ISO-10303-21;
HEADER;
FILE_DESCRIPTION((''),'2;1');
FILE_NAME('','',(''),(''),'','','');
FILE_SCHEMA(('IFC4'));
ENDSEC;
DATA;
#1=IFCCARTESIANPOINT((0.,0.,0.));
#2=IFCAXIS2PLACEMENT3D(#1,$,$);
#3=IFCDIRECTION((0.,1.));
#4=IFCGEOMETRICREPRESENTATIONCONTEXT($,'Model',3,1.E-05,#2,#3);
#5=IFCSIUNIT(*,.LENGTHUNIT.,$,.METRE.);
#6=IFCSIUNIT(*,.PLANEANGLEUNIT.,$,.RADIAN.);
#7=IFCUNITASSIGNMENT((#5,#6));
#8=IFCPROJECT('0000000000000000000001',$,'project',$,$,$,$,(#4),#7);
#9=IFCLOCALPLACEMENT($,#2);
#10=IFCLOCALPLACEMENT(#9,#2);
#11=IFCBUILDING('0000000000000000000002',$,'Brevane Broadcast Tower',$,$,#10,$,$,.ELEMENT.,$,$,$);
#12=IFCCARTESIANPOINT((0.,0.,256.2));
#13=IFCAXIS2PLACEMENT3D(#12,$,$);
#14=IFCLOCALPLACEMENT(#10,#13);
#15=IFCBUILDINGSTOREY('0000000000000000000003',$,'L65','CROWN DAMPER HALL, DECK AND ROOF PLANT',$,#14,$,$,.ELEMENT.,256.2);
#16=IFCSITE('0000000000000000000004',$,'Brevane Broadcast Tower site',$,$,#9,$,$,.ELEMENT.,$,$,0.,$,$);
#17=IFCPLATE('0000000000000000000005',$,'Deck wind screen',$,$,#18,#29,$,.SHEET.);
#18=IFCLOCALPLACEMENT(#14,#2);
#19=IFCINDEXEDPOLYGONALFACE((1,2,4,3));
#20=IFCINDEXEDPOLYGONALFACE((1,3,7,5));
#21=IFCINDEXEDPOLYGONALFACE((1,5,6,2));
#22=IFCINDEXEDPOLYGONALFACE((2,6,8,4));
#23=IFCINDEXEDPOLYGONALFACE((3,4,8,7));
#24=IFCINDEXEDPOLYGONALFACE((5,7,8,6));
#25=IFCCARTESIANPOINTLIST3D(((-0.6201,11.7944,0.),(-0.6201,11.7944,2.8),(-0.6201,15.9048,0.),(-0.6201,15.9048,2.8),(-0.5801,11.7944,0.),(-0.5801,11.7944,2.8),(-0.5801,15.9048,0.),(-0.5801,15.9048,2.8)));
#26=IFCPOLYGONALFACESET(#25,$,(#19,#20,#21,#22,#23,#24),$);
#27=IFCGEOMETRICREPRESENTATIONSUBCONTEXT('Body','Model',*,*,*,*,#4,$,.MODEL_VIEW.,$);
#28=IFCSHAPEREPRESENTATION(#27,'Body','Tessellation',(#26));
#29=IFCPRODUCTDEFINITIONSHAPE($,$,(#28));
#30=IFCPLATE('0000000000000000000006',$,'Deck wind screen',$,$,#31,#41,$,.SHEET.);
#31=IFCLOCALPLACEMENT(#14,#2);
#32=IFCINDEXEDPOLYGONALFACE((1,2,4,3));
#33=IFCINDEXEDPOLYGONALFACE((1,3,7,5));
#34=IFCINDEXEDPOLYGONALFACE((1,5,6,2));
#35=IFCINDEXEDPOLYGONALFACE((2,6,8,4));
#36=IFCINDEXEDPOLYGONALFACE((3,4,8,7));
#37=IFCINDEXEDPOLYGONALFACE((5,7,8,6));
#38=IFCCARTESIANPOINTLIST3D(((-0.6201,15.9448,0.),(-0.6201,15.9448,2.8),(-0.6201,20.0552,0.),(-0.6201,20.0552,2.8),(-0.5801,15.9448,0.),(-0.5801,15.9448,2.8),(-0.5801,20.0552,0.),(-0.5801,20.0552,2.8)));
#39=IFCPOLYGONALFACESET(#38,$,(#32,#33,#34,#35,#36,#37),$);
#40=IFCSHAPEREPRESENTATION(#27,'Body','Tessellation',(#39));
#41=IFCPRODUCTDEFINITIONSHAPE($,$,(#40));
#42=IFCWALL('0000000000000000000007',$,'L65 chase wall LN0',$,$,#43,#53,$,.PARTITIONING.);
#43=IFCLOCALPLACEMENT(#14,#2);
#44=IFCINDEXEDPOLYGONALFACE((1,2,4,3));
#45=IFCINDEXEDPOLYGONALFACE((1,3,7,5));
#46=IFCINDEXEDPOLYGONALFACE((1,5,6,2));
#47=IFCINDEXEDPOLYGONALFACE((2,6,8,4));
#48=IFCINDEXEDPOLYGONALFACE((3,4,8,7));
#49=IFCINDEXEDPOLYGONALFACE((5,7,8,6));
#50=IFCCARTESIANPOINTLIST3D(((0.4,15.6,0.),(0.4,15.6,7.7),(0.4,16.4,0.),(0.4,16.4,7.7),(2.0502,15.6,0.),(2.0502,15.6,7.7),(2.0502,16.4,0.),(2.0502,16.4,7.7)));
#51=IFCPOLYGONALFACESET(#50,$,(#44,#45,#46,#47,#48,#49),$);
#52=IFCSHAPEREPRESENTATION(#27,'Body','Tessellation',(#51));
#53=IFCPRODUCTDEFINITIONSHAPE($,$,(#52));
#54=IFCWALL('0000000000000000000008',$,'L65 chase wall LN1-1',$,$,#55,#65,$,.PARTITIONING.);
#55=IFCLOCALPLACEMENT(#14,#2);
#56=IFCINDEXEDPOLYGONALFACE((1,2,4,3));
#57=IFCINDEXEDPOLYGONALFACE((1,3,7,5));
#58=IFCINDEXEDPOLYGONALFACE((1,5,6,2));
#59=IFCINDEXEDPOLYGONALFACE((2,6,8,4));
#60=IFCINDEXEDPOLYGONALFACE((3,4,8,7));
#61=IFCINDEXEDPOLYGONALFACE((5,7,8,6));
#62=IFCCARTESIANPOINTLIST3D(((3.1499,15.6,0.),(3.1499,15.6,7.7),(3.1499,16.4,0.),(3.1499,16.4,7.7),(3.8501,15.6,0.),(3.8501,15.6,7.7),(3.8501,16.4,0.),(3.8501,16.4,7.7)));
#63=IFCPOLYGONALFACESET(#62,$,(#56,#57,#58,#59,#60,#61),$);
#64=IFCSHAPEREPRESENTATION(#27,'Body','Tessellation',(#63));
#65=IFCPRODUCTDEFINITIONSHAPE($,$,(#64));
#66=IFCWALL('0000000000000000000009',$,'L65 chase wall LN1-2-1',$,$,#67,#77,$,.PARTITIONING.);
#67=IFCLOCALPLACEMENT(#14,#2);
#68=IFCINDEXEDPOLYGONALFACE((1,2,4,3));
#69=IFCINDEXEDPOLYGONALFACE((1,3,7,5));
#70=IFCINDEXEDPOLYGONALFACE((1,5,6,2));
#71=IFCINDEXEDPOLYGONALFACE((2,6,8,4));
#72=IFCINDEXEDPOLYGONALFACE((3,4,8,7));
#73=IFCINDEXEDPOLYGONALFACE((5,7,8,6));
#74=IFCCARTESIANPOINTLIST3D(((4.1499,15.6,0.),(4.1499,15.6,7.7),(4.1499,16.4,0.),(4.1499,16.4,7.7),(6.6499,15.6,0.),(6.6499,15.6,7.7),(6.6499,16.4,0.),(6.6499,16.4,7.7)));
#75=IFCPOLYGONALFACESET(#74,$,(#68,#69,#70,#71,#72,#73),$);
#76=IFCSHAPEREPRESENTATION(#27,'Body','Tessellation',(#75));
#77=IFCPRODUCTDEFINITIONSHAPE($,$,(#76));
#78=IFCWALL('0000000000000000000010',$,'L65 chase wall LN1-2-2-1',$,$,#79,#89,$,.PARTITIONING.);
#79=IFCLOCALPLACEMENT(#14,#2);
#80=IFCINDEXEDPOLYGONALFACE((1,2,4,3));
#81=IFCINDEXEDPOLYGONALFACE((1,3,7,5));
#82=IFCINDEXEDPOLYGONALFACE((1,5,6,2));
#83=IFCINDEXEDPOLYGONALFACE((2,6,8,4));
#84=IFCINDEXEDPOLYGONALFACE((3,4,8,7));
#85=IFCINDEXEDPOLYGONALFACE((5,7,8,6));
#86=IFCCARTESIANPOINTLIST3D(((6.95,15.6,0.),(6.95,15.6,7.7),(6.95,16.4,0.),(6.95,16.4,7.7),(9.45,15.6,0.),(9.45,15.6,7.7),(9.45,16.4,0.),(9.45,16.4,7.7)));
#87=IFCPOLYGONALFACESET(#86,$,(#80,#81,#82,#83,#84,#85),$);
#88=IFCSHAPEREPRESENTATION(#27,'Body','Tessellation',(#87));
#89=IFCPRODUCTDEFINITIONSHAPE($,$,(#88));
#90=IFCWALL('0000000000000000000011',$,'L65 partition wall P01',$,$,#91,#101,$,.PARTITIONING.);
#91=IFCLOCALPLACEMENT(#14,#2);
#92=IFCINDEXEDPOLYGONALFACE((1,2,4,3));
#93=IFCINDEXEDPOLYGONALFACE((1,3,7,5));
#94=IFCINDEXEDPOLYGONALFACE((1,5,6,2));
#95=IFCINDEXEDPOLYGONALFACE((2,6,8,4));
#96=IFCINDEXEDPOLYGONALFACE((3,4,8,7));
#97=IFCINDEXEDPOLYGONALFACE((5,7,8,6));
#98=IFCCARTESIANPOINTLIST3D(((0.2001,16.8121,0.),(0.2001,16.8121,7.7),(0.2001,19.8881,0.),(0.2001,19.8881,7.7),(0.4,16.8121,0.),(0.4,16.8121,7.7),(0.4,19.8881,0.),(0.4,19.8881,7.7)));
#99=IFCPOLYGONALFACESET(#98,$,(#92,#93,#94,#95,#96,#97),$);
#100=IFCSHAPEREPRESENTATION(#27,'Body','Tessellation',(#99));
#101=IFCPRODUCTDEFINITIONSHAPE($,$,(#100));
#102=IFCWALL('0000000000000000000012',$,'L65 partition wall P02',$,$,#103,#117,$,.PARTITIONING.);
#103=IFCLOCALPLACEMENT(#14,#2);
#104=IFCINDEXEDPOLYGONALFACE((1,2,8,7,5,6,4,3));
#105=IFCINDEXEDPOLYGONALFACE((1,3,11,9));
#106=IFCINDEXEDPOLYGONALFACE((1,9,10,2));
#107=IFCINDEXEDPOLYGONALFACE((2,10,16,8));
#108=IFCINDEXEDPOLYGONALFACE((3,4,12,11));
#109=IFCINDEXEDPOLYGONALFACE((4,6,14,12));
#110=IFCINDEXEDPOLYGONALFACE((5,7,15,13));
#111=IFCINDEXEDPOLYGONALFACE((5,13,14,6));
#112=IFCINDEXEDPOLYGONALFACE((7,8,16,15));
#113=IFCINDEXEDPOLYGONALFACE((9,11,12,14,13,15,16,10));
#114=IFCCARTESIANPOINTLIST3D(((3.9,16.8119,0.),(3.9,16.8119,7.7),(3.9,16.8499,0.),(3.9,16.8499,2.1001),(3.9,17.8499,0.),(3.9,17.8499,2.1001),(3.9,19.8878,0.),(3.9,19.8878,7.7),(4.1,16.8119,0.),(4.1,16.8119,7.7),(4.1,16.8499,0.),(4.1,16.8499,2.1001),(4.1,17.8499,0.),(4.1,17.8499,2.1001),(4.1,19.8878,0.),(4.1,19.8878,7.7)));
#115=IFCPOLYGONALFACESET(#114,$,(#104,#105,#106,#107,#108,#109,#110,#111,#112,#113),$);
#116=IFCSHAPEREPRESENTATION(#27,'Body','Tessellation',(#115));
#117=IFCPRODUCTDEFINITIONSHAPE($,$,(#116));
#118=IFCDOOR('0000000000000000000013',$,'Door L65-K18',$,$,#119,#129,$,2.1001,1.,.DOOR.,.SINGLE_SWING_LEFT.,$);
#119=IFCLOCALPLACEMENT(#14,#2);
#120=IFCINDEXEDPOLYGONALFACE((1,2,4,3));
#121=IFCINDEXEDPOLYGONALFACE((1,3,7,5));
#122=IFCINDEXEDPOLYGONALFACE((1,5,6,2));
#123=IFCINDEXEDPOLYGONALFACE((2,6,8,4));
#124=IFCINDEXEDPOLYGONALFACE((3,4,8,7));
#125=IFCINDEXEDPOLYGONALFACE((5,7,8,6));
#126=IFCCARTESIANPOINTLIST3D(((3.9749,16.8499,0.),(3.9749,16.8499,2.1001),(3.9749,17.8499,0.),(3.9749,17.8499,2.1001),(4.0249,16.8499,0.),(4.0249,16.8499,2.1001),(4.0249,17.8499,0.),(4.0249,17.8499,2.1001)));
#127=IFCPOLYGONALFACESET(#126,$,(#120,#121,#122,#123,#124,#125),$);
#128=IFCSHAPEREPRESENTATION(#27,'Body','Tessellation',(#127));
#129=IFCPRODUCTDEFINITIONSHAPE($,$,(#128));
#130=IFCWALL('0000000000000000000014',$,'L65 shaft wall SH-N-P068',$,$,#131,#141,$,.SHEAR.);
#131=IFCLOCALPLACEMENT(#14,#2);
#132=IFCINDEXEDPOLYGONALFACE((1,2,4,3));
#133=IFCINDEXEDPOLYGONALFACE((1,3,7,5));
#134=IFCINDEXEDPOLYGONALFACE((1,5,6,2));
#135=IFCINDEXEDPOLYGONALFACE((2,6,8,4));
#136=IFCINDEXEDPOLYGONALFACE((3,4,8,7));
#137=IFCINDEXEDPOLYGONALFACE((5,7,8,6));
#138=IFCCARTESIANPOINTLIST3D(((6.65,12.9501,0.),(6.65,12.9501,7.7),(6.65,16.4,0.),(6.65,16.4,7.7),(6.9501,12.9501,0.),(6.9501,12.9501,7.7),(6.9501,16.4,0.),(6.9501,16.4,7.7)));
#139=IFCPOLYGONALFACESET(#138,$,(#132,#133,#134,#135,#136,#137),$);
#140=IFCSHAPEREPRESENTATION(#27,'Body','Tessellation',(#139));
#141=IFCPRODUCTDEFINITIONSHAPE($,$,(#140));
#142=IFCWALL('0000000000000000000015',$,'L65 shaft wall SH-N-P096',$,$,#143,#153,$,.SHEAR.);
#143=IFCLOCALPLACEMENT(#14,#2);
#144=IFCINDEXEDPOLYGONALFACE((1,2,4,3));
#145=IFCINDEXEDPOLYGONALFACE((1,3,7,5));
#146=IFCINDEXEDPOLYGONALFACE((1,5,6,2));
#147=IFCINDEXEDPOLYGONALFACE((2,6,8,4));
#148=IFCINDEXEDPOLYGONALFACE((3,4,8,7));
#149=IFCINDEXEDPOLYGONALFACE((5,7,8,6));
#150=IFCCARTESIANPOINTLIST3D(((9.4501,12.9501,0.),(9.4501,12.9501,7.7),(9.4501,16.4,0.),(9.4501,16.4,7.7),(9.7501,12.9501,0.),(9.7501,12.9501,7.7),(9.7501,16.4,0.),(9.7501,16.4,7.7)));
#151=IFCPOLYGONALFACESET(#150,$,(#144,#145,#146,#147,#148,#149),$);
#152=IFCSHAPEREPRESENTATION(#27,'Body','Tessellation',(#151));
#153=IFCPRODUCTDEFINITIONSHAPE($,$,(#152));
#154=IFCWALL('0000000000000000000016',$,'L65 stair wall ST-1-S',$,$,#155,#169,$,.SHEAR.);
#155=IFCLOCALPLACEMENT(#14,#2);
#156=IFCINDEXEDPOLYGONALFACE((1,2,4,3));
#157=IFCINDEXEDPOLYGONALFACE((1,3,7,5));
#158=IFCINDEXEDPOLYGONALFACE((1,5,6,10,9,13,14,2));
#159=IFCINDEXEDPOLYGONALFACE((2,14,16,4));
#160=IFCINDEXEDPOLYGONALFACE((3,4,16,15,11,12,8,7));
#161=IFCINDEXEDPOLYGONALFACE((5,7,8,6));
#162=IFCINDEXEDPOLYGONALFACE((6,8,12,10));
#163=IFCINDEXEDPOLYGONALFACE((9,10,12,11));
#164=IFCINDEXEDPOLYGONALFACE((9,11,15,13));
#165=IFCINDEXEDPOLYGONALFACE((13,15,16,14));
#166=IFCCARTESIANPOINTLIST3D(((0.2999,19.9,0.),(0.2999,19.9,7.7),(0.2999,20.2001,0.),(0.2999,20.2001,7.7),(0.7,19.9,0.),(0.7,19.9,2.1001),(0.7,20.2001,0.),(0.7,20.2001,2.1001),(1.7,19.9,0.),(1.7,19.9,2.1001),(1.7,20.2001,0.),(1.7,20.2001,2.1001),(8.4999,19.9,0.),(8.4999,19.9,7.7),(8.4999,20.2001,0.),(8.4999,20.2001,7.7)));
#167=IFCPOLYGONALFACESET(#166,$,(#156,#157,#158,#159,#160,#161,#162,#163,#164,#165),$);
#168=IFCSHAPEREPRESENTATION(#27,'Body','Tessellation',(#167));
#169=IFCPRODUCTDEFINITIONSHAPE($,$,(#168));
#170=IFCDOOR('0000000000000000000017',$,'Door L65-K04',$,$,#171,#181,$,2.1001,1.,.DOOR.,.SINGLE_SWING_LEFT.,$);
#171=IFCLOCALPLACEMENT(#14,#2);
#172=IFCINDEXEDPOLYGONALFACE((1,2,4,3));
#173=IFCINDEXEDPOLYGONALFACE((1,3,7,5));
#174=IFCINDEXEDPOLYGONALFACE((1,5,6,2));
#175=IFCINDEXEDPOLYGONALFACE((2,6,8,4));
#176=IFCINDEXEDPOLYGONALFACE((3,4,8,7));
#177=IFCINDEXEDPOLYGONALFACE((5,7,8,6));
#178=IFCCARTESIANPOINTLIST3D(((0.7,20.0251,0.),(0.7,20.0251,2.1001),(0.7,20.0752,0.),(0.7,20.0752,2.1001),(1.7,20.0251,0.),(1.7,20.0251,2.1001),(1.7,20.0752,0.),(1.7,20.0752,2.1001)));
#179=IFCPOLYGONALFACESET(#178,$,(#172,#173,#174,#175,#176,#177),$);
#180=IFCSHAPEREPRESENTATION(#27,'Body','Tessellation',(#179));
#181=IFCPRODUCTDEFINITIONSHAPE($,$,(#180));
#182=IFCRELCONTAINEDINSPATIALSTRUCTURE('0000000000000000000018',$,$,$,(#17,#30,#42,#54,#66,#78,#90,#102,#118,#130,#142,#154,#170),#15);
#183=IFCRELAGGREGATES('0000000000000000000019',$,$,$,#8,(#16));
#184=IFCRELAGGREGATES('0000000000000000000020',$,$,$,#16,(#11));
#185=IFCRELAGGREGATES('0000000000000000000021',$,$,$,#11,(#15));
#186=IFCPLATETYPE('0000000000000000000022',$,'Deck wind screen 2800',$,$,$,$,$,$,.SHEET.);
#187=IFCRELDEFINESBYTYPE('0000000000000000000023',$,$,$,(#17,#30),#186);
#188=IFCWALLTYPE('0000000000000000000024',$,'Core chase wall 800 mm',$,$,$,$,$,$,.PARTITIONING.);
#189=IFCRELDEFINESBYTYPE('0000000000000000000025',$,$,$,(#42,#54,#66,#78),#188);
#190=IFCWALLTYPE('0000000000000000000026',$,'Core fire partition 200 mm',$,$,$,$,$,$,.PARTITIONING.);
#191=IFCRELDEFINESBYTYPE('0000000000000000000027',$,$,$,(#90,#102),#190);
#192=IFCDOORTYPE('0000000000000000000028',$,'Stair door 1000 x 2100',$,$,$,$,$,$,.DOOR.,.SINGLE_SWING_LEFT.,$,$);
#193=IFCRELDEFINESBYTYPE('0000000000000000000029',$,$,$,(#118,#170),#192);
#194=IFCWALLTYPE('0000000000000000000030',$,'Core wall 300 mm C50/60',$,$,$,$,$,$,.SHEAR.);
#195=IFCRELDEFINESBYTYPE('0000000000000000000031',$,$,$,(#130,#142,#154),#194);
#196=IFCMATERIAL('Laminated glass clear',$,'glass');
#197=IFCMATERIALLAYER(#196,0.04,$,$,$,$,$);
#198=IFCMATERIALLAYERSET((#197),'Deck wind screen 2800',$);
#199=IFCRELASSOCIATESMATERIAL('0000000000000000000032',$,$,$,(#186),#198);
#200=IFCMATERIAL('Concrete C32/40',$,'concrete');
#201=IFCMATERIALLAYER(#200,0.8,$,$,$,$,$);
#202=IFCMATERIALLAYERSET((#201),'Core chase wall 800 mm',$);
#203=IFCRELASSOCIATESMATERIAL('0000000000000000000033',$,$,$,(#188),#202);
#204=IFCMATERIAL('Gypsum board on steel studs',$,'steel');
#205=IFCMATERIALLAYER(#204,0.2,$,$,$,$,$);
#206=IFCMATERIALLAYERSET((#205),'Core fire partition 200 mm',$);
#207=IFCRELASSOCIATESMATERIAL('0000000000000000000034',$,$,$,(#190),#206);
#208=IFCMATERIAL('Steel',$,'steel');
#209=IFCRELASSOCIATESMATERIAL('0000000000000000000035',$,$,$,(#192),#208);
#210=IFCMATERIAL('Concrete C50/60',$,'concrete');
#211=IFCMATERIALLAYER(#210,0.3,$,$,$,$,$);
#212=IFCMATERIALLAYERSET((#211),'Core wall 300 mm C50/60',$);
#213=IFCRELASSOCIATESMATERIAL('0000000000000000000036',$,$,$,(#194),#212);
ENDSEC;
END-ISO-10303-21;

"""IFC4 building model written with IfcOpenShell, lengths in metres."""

from ifc_helpers import new_model, si_unit, direction, frame, frame_2d, origin, origin_2d, place, context, subcontext, project, spatial, rectangle, extrude, material, layer, layer_set, type_object, element, fill, save


model = new_model("IFC4")

# Units and contexts
model_context = context("Model", 3, precision=1e-05, world=origin(), true_north=direction((0.0, 1.0)))
body_context = subcontext(model_context, "Body", "Model", "MODEL_VIEW")
ifc_project = project(units=[si_unit("LENGTHUNIT", "METRE"), si_unit("PLANEANGLEUNIT", "RADIAN")], contexts=[model_context])

# Site, building, storey
site_placement = place(None, origin())
site = spatial("IfcSite", under=ifc_project, at=site_placement, Name="Brevane Broadcast Tower site", CompositionType="ELEMENT", RefElevation=0.0)
building_placement = place(site_placement, origin())
building = spatial("IfcBuilding", under=site, at=building_placement, Name="Brevane Broadcast Tower", CompositionType="ELEMENT")
storey_placement = place(building_placement, frame((0.0, 0.0, 256.2)))
storey = spatial("IfcBuildingStorey", under=building, at=storey_placement, Name="L65", Description="CROWN DAMPER HALL, DECK AND ROOF PLANT", CompositionType="ELEMENT", Elevation=256.2)

# Plates
ifc_material_1 = material(Name="Laminated glass clear", Category="glass")
ifc_layer_1 = layer(ifc_material_1, 0.04)
ifc_layer_set_1 = layer_set([ifc_layer_1], Name="Deck wind screen 2800")
plate_type = type_object("IfcPlateType", Name="Deck wind screen 2800", PredefinedType="SHEET", material=ifc_layer_set_1)
for number, where, z_axis, x_axis, name in (
    (1, (-0.6001, 13.8496, 0.0), (0.0, 0.0, 1.0), (0.0, 1.0, 0.0), "Deck wind screen"),
    (2, (-0.6001, 18.0, 0.0), (0.0, 0.0, 1.0), (0.0, 1.0, 0.0), "Deck wind screen"),
):
    element("IfcPlate", number, at=place(storey_placement, frame(where, z_axis=z_axis, x_axis=x_axis)), inside=storey, type_object=plate_type, Name=name, PredefinedType="SHEET", context=body_context, shape_type="SweptSolid", body=[
        extrude(rectangle(XDim=4.1104, YDim=0.04, at=origin_2d()), origin(), (0.0, 0.0, 1.0), 2.8),
    ])

# Walls
ifc_material_2 = material(Name="Concrete C32/40", Category="concrete")
ifc_layer_2 = layer(ifc_material_2, 0.8)
ifc_layer_set_2 = layer_set([ifc_layer_2], Name="Core chase wall 800 mm")
wall_type_1 = type_object("IfcWallType", Name="Core chase wall 800 mm", PredefinedType="PARTITIONING", material=ifc_layer_set_2)
wall_1_placement = place(storey_placement, frame((0.3999, 16.0, 0.0), z_axis=(0.0, 0.0, 1.0), x_axis=(1.0, 0.0, 0.0)))
element("IfcWall", 3, at=wall_1_placement, inside=storey, type_object=wall_type_1, Name="L65 chase wall LN0", PredefinedType="PARTITIONING", context=body_context, shape_type="SweptSolid", body=[
    extrude(rectangle(XDim=1.6501, YDim=0.8, at=frame_2d((0.8252, 0.0))), origin(), (0.0, 0.0, 1.0), 7.7),
])
wall_2_placement = place(storey_placement, frame((3.1499, 16.0, 0.0), z_axis=(0.0, 0.0, 1.0), x_axis=(1.0, 0.0, 0.0)))
element("IfcWall", 4, at=wall_2_placement, inside=storey, type_object=wall_type_1, Name="L65 chase wall LN1-1", PredefinedType="PARTITIONING", context=body_context, shape_type="SweptSolid", body=[
    extrude(rectangle(XDim=0.7002, YDim=0.8, at=frame_2d((0.3501, 0.0))), origin(), (0.0, 0.0, 1.0), 7.7),
])
for number, where, z_axis, x_axis, name in (
    (5, (4.1499, 16.0, 0.0), (0.0, 0.0, 1.0), (1.0, 0.0, 0.0), "L65 chase wall LN1-2-1"),
    (6, (6.95, 16.0, 0.0), (0.0, 0.0, 1.0), (1.0, 0.0, 0.0), "L65 chase wall LN1-2-2-1"),
):
    element("IfcWall", number, at=place(storey_placement, frame(where, z_axis=z_axis, x_axis=x_axis)), inside=storey, type_object=wall_type_1, Name=name, PredefinedType="PARTITIONING", context=body_context, shape_type="SweptSolid", body=[
        extrude(rectangle(XDim=2.5, YDim=0.8, at=frame_2d((1.25, 0.0))), origin(), (0.0, 0.0, 1.0), 7.7),
    ])
ifc_material_3 = material(Name="Gypsum board on steel studs", Category="steel")
ifc_layer_3 = layer(ifc_material_3, 0.2)
ifc_layer_set_3 = layer_set([ifc_layer_3], Name="Core fire partition 200 mm")
wall_type_2 = type_object("IfcWallType", Name="Core fire partition 200 mm", PredefinedType="PARTITIONING", material=ifc_layer_set_3)
wall_3_placement = place(storey_placement, frame((0.3, 16.812, 0.0), z_axis=(0.0, 0.0, 1.0), x_axis=(0.0, 1.0, 0.0)))
element("IfcWall", 7, at=wall_3_placement, inside=storey, type_object=wall_type_2, Name="L65 partition wall P01", PredefinedType="PARTITIONING", context=body_context, shape_type="SweptSolid", body=[
    extrude(rectangle(XDim=3.0759, YDim=0.2, at=frame_2d((1.5381, 0.0))), origin(), (0.0, 0.0, 1.0), 7.7),
])

# Wall, opening, door
wall_4_placement = place(storey_placement, frame((4.0, 19.8879, 0.0), z_axis=(0.0, 0.0, 1.0), x_axis=(0.0, -1.0, 0.0)))
wall_4 = element("IfcWall", 8, at=wall_4_placement, inside=storey, type_object=wall_type_2, Name="L65 partition wall P02", PredefinedType="PARTITIONING", context=body_context, shape_type="SweptSolid", body=[
    extrude(rectangle(XDim=3.0759, YDim=0.2, at=frame_2d((1.5381, 0.0))), origin(), (0.0, 0.0, 1.0), 7.7),
])
opening_1_placement = place(wall_4_placement, frame((2.0381, 0.0, 0.0)))
opening_1 = element("IfcOpeningElement", 9, at=opening_1_placement, cuts=wall_4, PredefinedType="OPENING", context=body_context, shape_type="SweptSolid", body=[
    extrude(rectangle(XDim=1.0, YDim=2.1001, at=frame_2d((0.5, 1.05))), frame((0.0, 0.1099, 0.0), z_axis=(0.0, -1.0, 0.0), x_axis=(1.0, 0.0, 0.0)), (0.0, 0.0, 1.0), 0.22),
])
ifc_material_4 = material(Name="Steel", Category="steel")
door_type_1 = type_object("IfcDoorType", Name="Stair door 1000 x 2100", OperationType="SINGLE_SWING_LEFT", PredefinedType="DOOR", material=ifc_material_4)
door_1_placement = place(opening_1_placement, origin())
door_1 = element("IfcDoor", 10, at=door_1_placement, inside=storey, type_object=door_type_1, Name="Door L65-K18", OperationType="SINGLE_SWING_LEFT", OverallHeight=2.1001, OverallWidth=1.0, PredefinedType="DOOR", context=body_context, shape_type="SweptSolid", body=[
    extrude(rectangle(XDim=1.0, YDim=2.1001, at=frame_2d((0.5, 1.05))), frame((0.0, 0.0249, 0.0), z_axis=(0.0, -1.0, 0.0), x_axis=(1.0, 0.0, 0.0)), (0.0, 0.0, 1.0), 0.05),
])
fill(opening_1, door_1)

# Walls
ifc_material_5 = material(Name="Concrete C50/60", Category="concrete")
ifc_layer_4 = layer(ifc_material_5, 0.3)
ifc_layer_set_4 = layer_set([ifc_layer_4], Name="Core wall 300 mm C50/60")
wall_type_3 = type_object("IfcWallType", Name="Core wall 300 mm C50/60", PredefinedType="SHEAR", material=ifc_layer_set_4)
for number, where, z_axis, x_axis, name in (
    (11, (6.8, 12.95, 0.0), (0.0, 0.0, 1.0), (0.0, 1.0, 0.0), "L65 shaft wall SH-N-P068"),
    (12, (9.6001, 12.95, 0.0), (0.0, 0.0, 1.0), (0.0, 1.0, 0.0), "L65 shaft wall SH-N-P096"),
):
    element("IfcWall", number, at=place(storey_placement, frame(where, z_axis=z_axis, x_axis=x_axis)), inside=storey, type_object=wall_type_3, Name=name, PredefinedType="SHEAR", context=body_context, shape_type="SweptSolid", body=[
        extrude(rectangle(XDim=3.45, YDim=0.3, at=frame_2d((1.7251, 0.0))), origin(), (0.0, 0.0, 1.0), 7.7),
    ])

# Wall, opening, door
wall_5_placement = place(storey_placement, frame((8.5, 20.05, 0.0), z_axis=(0.0, 0.0, 1.0), x_axis=(-1.0, 0.0, 0.0)))
wall_5 = element("IfcWall", 13, at=wall_5_placement, inside=storey, type_object=wall_type_3, Name="L65 stair wall ST-1-S", PredefinedType="SHEAR", context=body_context, shape_type="SweptSolid", body=[
    extrude(rectangle(XDim=8.2, YDim=0.3, at=frame_2d((4.1001, 0.0))), origin(), (0.0, 0.0, 1.0), 7.7),
])
opening_2_placement = place(wall_5_placement, frame((6.8, 0.0, 0.0)))
opening_2 = element("IfcOpeningElement", 14, at=opening_2_placement, cuts=wall_5, PredefinedType="OPENING", context=body_context, shape_type="SweptSolid", body=[
    extrude(rectangle(XDim=1.0, YDim=2.1001, at=frame_2d((0.5, 1.05))), frame((0.0, 0.1599, 0.0), z_axis=(0.0, -1.0, 0.0), x_axis=(1.0, 0.0, 0.0)), (0.0, 0.0, 1.0), 0.3201),
])
door_2_placement = place(opening_2_placement, origin())
door_2 = element("IfcDoor", 15, at=door_2_placement, inside=storey, type_object=door_type_1, Name="Door L65-K04", OperationType="SINGLE_SWING_LEFT", OverallHeight=2.1001, OverallWidth=1.0, PredefinedType="DOOR", context=body_context, shape_type="SweptSolid", body=[
    extrude(rectangle(XDim=1.0, YDim=2.1001, at=frame_2d((0.5, 1.05))), frame((0.0, 0.0249, 0.0), z_axis=(0.0, -1.0, 0.0), x_axis=(1.0, 0.0, 0.0)), (0.0, 0.0, 1.0), 0.05),
])
fill(opening_2, door_2)

save(model, "model.ifc")
